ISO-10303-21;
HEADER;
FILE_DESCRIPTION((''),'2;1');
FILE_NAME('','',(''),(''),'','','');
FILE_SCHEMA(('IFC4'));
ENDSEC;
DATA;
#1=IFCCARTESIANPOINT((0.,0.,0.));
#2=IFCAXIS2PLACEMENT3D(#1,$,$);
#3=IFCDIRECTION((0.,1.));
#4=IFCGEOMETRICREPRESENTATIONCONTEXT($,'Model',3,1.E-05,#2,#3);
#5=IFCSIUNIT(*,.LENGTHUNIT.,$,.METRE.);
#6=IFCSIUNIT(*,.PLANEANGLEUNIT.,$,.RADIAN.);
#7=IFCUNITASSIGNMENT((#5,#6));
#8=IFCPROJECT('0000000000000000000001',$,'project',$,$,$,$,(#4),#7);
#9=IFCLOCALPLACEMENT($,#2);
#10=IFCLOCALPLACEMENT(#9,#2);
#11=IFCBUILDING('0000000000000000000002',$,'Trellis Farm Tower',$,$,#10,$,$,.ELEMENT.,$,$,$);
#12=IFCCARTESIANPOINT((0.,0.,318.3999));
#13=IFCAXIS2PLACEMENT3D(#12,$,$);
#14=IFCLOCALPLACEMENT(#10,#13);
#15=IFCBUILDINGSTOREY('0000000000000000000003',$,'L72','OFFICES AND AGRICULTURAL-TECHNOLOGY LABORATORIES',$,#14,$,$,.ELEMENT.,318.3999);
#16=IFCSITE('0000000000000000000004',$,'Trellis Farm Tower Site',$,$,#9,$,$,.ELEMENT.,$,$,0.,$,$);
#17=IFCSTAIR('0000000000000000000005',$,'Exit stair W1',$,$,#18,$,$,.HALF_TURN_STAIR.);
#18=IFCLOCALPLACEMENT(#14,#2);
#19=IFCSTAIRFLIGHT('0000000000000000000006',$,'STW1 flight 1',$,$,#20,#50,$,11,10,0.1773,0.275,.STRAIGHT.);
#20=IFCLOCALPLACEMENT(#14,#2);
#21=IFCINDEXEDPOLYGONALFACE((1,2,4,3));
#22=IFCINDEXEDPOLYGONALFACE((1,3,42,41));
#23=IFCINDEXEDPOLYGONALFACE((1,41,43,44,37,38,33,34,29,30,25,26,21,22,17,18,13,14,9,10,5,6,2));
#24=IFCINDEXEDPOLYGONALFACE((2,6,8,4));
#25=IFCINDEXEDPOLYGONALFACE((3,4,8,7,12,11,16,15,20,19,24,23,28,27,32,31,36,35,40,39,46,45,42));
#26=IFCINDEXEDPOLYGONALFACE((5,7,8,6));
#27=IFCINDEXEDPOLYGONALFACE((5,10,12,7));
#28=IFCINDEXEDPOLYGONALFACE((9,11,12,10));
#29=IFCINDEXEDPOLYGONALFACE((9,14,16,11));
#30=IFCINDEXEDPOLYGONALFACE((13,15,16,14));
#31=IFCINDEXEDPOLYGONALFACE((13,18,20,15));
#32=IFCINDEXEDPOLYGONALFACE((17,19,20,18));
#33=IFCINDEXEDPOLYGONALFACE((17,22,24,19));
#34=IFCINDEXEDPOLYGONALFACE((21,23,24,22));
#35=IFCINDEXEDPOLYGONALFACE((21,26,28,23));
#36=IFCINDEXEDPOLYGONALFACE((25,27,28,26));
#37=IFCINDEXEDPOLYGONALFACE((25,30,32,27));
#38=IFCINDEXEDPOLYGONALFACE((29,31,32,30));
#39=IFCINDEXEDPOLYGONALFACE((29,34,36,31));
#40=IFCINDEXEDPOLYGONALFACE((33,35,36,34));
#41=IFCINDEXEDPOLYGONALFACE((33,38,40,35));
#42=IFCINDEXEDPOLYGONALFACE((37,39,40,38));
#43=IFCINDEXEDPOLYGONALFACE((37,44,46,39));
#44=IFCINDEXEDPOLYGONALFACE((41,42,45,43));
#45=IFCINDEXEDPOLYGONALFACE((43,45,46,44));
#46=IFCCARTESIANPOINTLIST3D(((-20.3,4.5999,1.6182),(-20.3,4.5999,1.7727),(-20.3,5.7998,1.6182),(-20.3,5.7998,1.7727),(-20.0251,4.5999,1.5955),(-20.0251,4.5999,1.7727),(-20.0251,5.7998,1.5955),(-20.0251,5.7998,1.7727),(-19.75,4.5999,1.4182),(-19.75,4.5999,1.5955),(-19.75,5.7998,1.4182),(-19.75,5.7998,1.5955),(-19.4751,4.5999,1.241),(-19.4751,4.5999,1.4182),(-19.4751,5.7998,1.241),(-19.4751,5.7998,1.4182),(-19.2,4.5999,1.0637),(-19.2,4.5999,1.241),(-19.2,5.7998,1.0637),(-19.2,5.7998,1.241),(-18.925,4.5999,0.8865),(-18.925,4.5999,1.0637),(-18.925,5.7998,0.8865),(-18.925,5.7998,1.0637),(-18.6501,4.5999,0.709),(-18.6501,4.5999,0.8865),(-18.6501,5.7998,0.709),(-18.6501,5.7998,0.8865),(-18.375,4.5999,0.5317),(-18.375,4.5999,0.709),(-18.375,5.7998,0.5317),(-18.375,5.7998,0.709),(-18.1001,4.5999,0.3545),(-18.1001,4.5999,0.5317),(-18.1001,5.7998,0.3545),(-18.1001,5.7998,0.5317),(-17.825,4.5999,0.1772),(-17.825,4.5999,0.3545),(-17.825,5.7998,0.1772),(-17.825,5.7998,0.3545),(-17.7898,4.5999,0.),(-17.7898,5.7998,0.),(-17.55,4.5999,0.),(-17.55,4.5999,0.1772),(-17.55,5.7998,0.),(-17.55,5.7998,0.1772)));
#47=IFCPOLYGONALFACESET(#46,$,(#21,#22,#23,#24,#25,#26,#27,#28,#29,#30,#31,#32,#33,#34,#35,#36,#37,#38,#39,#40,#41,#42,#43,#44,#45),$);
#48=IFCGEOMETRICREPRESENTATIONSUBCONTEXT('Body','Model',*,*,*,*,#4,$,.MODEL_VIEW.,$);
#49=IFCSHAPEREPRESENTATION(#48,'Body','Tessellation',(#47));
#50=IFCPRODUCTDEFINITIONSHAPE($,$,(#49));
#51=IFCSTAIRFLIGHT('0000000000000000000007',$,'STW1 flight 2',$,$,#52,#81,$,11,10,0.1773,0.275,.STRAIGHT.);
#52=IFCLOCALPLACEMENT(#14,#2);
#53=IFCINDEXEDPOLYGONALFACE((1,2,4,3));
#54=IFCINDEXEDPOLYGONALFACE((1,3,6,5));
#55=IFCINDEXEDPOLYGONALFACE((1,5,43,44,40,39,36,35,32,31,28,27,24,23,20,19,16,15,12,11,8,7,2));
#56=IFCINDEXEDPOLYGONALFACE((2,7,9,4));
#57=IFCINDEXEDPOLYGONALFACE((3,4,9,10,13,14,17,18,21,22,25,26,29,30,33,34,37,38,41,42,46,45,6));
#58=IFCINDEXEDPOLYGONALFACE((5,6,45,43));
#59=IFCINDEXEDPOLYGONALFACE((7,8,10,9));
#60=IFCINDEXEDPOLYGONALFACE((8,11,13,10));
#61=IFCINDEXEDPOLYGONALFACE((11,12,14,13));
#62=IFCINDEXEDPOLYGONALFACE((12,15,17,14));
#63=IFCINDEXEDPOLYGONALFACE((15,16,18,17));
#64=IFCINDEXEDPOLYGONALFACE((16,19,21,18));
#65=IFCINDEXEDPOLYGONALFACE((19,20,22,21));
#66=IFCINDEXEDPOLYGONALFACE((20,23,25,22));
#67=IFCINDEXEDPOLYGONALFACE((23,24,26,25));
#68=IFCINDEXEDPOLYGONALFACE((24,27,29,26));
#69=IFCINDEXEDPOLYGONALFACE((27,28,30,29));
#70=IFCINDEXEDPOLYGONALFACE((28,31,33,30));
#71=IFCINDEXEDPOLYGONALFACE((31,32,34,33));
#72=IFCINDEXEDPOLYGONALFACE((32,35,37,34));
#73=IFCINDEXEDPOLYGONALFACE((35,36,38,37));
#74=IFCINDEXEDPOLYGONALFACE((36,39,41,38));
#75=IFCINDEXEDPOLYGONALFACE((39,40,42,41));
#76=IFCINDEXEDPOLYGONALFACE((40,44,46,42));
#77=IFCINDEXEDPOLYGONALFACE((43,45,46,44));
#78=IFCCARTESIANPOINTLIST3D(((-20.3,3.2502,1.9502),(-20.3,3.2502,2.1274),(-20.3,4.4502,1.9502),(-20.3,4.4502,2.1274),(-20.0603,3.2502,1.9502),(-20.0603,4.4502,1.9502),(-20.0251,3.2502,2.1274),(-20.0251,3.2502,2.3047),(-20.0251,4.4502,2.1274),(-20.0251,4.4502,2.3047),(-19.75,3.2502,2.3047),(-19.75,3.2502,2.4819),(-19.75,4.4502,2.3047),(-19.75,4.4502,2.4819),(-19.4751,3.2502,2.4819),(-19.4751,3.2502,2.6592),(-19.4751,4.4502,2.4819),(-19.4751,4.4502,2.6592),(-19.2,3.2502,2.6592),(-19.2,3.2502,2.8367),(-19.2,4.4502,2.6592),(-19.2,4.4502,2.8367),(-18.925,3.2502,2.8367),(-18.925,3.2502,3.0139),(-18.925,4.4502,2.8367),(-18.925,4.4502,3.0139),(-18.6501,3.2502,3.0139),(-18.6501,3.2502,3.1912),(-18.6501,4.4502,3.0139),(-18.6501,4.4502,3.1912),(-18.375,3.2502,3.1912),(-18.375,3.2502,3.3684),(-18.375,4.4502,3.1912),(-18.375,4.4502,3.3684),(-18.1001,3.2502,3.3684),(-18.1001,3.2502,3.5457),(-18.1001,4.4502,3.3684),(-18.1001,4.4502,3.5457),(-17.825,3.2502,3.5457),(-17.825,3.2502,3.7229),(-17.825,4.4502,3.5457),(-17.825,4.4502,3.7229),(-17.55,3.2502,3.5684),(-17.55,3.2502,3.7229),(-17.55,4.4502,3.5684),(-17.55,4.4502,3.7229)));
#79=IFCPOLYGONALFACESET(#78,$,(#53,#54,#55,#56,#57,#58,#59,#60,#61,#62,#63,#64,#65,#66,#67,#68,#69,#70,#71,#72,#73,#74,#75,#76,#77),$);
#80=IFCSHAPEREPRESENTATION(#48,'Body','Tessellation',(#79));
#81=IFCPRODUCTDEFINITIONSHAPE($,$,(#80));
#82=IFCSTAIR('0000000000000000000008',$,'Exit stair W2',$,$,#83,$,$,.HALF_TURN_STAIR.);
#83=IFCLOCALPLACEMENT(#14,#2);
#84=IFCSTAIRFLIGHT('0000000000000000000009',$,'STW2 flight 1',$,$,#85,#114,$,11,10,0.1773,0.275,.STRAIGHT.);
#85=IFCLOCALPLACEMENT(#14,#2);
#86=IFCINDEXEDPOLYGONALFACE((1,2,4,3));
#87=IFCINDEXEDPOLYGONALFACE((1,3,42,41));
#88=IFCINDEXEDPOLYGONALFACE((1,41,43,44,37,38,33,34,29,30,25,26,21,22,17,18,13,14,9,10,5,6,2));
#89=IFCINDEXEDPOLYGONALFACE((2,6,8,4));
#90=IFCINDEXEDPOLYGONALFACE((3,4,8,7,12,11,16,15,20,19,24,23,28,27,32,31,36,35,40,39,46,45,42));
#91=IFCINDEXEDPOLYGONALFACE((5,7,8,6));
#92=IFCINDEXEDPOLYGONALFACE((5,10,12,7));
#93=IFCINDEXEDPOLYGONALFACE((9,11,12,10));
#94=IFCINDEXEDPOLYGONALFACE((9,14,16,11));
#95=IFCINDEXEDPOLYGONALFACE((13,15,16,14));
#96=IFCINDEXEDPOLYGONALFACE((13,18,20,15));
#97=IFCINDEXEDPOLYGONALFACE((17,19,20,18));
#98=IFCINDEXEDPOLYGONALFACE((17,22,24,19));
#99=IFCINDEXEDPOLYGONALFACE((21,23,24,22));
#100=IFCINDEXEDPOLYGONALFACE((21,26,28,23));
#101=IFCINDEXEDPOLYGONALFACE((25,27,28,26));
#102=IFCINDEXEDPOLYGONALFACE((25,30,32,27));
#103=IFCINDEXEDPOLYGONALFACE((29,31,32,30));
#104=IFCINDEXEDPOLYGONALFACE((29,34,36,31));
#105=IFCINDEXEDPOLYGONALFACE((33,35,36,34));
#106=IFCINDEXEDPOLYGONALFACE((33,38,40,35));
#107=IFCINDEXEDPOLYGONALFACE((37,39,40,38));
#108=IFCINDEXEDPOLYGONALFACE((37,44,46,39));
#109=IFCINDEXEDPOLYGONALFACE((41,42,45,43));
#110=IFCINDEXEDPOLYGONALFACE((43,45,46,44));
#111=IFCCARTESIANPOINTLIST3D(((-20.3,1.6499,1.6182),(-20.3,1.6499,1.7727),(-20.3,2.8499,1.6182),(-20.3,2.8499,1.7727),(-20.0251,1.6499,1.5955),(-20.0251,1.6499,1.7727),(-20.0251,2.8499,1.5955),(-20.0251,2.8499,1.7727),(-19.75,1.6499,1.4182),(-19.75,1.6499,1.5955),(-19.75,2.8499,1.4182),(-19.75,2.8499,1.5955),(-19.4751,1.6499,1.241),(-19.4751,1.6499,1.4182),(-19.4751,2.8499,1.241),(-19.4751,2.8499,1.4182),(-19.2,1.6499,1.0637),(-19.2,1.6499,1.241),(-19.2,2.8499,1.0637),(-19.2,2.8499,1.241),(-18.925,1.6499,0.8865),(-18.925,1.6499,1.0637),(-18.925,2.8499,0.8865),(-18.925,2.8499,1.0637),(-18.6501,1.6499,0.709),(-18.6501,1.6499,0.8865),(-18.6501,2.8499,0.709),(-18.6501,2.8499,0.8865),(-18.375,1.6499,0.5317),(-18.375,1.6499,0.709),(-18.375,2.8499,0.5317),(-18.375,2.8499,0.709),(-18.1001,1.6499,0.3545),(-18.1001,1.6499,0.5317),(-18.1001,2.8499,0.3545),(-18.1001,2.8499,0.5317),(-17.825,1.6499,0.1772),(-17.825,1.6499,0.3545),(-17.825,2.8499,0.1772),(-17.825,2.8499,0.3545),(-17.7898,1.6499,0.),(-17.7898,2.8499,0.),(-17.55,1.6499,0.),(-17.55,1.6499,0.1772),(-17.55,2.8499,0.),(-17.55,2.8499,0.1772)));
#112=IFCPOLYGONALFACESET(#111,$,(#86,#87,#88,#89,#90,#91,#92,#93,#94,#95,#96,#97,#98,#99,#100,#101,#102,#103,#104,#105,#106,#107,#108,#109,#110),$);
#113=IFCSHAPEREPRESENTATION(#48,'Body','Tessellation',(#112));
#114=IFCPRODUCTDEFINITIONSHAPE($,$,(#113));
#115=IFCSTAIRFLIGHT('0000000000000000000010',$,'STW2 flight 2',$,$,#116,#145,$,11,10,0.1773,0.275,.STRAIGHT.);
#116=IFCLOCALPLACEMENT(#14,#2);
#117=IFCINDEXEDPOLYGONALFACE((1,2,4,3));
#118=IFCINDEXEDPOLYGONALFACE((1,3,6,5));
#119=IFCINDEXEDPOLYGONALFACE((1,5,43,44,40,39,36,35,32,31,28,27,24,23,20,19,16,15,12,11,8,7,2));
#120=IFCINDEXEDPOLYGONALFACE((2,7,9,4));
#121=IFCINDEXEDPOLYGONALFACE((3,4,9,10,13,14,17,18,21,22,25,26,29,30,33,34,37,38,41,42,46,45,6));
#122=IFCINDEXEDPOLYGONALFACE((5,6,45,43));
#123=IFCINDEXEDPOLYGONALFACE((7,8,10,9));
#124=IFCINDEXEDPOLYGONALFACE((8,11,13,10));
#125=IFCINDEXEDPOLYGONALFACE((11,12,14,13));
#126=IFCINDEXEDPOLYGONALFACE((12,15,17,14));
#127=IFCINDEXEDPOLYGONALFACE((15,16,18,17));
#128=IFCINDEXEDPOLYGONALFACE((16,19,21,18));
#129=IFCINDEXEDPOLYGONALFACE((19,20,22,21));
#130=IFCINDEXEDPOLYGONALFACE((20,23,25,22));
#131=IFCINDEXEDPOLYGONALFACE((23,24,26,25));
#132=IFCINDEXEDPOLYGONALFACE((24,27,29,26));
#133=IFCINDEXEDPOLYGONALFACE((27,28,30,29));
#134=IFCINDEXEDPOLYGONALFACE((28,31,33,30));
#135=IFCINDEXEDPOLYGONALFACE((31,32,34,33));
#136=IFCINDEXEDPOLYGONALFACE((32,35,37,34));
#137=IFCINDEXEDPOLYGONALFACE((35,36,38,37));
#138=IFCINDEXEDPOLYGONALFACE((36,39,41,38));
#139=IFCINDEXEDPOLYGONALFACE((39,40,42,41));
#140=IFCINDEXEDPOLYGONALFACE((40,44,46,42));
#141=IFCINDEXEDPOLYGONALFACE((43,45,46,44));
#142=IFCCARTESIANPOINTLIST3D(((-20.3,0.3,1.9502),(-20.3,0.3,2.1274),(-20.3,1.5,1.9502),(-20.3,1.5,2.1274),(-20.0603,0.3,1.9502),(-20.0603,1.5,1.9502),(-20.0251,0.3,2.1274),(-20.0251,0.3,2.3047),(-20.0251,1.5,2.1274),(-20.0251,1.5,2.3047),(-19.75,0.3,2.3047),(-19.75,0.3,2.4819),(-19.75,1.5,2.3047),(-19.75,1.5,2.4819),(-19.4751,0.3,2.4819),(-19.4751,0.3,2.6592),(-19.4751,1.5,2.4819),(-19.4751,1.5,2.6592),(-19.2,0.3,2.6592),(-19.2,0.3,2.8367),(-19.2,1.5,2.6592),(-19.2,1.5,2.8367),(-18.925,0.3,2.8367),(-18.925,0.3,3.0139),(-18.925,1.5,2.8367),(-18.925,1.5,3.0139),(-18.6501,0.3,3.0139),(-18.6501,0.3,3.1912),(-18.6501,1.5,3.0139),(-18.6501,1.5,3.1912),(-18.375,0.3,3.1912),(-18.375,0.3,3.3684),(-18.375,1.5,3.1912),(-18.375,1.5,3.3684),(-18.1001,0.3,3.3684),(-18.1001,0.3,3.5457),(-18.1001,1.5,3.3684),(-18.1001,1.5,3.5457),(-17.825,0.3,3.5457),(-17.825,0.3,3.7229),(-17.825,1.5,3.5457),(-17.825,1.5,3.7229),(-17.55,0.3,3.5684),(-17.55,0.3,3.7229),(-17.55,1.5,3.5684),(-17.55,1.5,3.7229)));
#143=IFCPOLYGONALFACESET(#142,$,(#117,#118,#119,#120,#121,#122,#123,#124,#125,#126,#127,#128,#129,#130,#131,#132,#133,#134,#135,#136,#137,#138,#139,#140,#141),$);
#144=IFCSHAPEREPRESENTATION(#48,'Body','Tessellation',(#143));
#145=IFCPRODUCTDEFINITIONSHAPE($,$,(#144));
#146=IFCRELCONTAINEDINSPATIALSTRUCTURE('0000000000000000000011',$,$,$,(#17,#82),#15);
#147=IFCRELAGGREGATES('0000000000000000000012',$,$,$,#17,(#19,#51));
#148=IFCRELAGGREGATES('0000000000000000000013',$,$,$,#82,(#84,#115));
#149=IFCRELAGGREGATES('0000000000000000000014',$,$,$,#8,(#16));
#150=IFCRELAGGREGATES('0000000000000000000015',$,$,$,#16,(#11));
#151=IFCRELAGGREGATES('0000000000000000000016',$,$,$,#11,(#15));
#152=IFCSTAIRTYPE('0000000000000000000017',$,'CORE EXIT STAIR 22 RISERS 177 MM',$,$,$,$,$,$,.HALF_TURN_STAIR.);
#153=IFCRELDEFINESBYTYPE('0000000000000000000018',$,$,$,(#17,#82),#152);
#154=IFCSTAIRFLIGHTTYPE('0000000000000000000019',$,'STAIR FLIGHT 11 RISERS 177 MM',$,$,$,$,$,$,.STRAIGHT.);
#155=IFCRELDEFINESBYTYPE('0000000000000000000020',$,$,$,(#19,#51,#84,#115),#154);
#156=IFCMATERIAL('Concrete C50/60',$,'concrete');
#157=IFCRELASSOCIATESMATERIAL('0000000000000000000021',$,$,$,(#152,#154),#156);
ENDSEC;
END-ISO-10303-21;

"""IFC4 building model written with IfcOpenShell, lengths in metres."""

from ifc_helpers import new_model, si_unit, direction, frame, origin, place, context, subcontext, project, spatial, polyline, outline, extrude, source, transform, mapped, material, type_object, element, aggregate, save


model = new_model("IFC4")

# Units and contexts
model_context = context("Model", 3, precision=1e-05, world=origin(), true_north=direction((0.0, 1.0)))
body_context = subcontext(model_context, "Body", "Model", "MODEL_VIEW")
ifc_project = project(units=[si_unit("LENGTHUNIT", "METRE"), si_unit("PLANEANGLEUNIT", "RADIAN")], contexts=[model_context])

# Site, building, storey
site_placement = place(None, origin())
site = spatial("IfcSite", under=ifc_project, at=site_placement, Name="Trellis Farm Tower Site", CompositionType="ELEMENT", RefElevation=0.0)
building_placement = place(site_placement, origin())
building = spatial("IfcBuilding", under=site, at=building_placement, Name="Trellis Farm Tower", CompositionType="ELEMENT")
storey_placement = place(building_placement, frame((0.0, 0.0, 318.3999)))
storey = spatial("IfcBuildingStorey", under=building, at=storey_placement, Name="L72", Description="OFFICES AND AGRICULTURAL-TECHNOLOGY LABORATORIES", CompositionType="ELEMENT", Elevation=318.3999)

# Shared definitions
placement = place(storey_placement, origin())

# Shared definitions
ifc_material_1 = material(Name="Concrete C50/60", Category="concrete")

# Stairs, stair flights
stair_type = type_object("IfcStairType", Name="CORE EXIT STAIR 22 RISERS 177 MM", PredefinedType="HALF_TURN_STAIR", material=ifc_material_1)
stair_1 = element("IfcStair", 1, at=placement, inside=storey, type_object=stair_type, Name="Exit stair W1", PredefinedType="HALF_TURN_STAIR")
stair_flight_type = type_object("IfcStairFlightType", Name="STAIR FLIGHT 11 RISERS 177 MM", PredefinedType="STRAIGHT", material=ifc_material_1)
shared_shape_1 = source(origin(), body_context, "Body", "SweptSolid", [
    extrude(outline(polyline([(0.0, 0.0), (0.0, 0.1772), (0.2749, 0.1772), (0.2749, 0.3545), (0.55, 0.3545), (0.55, 0.5317), (0.825, 0.5317), (0.825, 0.709), (1.1001, 0.709), (1.1001, 0.8865), (1.375, 0.8865), (1.375, 1.0637), (1.6499, 1.0637), (1.6499, 1.241), (1.925, 1.241), (1.925, 1.4182), (2.2, 1.4182), (2.2, 1.5955), (2.4751, 1.5955), (2.4751, 1.7727), (2.75, 1.7727), (2.75, 1.95), (2.75, 1.6182), (0.2397, 0.0), (0.0, 0.0)])), frame((0.0, 0.6001, 0.0), z_axis=(0.0, -1.0, 0.0), x_axis=(1.0, 0.0, 0.0)), (0.0, 0.0, 1.0), 1.2),
])
stair_flight_1_placement = place(storey_placement, frame((-17.55, 5.2, 0.0), z_axis=(0.0, 0.0, 1.0), x_axis=(-1.0, 0.0, 0.0)))
stair_flight_1 = element("IfcStairFlight", 2, at=stair_flight_1_placement, type_object=stair_flight_type, Name="STW1 flight 1", NumberOfRisers=11, NumberOfTreads=10, PredefinedType="STRAIGHT", RiserHeight=0.1773, TreadLength=0.275, context=body_context, shape_type="MappedRepresentation", body=[
    mapped(shared_shape_1, transform((0.0, 0.0, 0.0))),
])
stair_flight_2_placement = place(storey_placement, frame((-20.3, 3.8501, 1.9502), z_axis=(0.0, 0.0, 1.0), x_axis=(1.0, 0.0, 0.0)))
stair_flight_2 = element("IfcStairFlight", 3, at=stair_flight_2_placement, type_object=stair_flight_type, Name="STW1 flight 2", NumberOfRisers=11, NumberOfTreads=10, PredefinedType="STRAIGHT", RiserHeight=0.1773, TreadLength=0.275, context=body_context, shape_type="MappedRepresentation", body=[
    mapped(shared_shape_1, transform((0.0, 0.0, 0.0))),
])
aggregate(stair_1, [stair_flight_1, stair_flight_2])
stair_2 = element("IfcStair", 4, at=placement, inside=storey, type_object=stair_type, Name="Exit stair W2", PredefinedType="HALF_TURN_STAIR")
stair_flight_3_placement = place(storey_placement, frame((-17.55, 2.25, 0.0), z_axis=(0.0, 0.0, 1.0), x_axis=(-1.0, 0.0, 0.0)))
stair_flight_3 = element("IfcStairFlight", 5, at=stair_flight_3_placement, type_object=stair_flight_type, Name="STW2 flight 1", NumberOfRisers=11, NumberOfTreads=10, PredefinedType="STRAIGHT", RiserHeight=0.1773, TreadLength=0.275, context=body_context, shape_type="MappedRepresentation", body=[
    mapped(shared_shape_1, transform((0.0, 0.0, 0.0))),
])
stair_flight_4_placement = place(storey_placement, frame((-20.3, 0.8999, 1.9502), z_axis=(0.0, 0.0, 1.0), x_axis=(1.0, 0.0, 0.0)))
stair_flight_4 = element("IfcStairFlight", 6, at=stair_flight_4_placement, type_object=stair_flight_type, Name="STW2 flight 2", NumberOfRisers=11, NumberOfTreads=10, PredefinedType="STRAIGHT", RiserHeight=0.1773, TreadLength=0.275, context=body_context, shape_type="MappedRepresentation", body=[
    mapped(shared_shape_1, transform((0.0, 0.0, 0.0))),
])
aggregate(stair_2, [stair_flight_3, stair_flight_4])

save(model, "model.ifc")
